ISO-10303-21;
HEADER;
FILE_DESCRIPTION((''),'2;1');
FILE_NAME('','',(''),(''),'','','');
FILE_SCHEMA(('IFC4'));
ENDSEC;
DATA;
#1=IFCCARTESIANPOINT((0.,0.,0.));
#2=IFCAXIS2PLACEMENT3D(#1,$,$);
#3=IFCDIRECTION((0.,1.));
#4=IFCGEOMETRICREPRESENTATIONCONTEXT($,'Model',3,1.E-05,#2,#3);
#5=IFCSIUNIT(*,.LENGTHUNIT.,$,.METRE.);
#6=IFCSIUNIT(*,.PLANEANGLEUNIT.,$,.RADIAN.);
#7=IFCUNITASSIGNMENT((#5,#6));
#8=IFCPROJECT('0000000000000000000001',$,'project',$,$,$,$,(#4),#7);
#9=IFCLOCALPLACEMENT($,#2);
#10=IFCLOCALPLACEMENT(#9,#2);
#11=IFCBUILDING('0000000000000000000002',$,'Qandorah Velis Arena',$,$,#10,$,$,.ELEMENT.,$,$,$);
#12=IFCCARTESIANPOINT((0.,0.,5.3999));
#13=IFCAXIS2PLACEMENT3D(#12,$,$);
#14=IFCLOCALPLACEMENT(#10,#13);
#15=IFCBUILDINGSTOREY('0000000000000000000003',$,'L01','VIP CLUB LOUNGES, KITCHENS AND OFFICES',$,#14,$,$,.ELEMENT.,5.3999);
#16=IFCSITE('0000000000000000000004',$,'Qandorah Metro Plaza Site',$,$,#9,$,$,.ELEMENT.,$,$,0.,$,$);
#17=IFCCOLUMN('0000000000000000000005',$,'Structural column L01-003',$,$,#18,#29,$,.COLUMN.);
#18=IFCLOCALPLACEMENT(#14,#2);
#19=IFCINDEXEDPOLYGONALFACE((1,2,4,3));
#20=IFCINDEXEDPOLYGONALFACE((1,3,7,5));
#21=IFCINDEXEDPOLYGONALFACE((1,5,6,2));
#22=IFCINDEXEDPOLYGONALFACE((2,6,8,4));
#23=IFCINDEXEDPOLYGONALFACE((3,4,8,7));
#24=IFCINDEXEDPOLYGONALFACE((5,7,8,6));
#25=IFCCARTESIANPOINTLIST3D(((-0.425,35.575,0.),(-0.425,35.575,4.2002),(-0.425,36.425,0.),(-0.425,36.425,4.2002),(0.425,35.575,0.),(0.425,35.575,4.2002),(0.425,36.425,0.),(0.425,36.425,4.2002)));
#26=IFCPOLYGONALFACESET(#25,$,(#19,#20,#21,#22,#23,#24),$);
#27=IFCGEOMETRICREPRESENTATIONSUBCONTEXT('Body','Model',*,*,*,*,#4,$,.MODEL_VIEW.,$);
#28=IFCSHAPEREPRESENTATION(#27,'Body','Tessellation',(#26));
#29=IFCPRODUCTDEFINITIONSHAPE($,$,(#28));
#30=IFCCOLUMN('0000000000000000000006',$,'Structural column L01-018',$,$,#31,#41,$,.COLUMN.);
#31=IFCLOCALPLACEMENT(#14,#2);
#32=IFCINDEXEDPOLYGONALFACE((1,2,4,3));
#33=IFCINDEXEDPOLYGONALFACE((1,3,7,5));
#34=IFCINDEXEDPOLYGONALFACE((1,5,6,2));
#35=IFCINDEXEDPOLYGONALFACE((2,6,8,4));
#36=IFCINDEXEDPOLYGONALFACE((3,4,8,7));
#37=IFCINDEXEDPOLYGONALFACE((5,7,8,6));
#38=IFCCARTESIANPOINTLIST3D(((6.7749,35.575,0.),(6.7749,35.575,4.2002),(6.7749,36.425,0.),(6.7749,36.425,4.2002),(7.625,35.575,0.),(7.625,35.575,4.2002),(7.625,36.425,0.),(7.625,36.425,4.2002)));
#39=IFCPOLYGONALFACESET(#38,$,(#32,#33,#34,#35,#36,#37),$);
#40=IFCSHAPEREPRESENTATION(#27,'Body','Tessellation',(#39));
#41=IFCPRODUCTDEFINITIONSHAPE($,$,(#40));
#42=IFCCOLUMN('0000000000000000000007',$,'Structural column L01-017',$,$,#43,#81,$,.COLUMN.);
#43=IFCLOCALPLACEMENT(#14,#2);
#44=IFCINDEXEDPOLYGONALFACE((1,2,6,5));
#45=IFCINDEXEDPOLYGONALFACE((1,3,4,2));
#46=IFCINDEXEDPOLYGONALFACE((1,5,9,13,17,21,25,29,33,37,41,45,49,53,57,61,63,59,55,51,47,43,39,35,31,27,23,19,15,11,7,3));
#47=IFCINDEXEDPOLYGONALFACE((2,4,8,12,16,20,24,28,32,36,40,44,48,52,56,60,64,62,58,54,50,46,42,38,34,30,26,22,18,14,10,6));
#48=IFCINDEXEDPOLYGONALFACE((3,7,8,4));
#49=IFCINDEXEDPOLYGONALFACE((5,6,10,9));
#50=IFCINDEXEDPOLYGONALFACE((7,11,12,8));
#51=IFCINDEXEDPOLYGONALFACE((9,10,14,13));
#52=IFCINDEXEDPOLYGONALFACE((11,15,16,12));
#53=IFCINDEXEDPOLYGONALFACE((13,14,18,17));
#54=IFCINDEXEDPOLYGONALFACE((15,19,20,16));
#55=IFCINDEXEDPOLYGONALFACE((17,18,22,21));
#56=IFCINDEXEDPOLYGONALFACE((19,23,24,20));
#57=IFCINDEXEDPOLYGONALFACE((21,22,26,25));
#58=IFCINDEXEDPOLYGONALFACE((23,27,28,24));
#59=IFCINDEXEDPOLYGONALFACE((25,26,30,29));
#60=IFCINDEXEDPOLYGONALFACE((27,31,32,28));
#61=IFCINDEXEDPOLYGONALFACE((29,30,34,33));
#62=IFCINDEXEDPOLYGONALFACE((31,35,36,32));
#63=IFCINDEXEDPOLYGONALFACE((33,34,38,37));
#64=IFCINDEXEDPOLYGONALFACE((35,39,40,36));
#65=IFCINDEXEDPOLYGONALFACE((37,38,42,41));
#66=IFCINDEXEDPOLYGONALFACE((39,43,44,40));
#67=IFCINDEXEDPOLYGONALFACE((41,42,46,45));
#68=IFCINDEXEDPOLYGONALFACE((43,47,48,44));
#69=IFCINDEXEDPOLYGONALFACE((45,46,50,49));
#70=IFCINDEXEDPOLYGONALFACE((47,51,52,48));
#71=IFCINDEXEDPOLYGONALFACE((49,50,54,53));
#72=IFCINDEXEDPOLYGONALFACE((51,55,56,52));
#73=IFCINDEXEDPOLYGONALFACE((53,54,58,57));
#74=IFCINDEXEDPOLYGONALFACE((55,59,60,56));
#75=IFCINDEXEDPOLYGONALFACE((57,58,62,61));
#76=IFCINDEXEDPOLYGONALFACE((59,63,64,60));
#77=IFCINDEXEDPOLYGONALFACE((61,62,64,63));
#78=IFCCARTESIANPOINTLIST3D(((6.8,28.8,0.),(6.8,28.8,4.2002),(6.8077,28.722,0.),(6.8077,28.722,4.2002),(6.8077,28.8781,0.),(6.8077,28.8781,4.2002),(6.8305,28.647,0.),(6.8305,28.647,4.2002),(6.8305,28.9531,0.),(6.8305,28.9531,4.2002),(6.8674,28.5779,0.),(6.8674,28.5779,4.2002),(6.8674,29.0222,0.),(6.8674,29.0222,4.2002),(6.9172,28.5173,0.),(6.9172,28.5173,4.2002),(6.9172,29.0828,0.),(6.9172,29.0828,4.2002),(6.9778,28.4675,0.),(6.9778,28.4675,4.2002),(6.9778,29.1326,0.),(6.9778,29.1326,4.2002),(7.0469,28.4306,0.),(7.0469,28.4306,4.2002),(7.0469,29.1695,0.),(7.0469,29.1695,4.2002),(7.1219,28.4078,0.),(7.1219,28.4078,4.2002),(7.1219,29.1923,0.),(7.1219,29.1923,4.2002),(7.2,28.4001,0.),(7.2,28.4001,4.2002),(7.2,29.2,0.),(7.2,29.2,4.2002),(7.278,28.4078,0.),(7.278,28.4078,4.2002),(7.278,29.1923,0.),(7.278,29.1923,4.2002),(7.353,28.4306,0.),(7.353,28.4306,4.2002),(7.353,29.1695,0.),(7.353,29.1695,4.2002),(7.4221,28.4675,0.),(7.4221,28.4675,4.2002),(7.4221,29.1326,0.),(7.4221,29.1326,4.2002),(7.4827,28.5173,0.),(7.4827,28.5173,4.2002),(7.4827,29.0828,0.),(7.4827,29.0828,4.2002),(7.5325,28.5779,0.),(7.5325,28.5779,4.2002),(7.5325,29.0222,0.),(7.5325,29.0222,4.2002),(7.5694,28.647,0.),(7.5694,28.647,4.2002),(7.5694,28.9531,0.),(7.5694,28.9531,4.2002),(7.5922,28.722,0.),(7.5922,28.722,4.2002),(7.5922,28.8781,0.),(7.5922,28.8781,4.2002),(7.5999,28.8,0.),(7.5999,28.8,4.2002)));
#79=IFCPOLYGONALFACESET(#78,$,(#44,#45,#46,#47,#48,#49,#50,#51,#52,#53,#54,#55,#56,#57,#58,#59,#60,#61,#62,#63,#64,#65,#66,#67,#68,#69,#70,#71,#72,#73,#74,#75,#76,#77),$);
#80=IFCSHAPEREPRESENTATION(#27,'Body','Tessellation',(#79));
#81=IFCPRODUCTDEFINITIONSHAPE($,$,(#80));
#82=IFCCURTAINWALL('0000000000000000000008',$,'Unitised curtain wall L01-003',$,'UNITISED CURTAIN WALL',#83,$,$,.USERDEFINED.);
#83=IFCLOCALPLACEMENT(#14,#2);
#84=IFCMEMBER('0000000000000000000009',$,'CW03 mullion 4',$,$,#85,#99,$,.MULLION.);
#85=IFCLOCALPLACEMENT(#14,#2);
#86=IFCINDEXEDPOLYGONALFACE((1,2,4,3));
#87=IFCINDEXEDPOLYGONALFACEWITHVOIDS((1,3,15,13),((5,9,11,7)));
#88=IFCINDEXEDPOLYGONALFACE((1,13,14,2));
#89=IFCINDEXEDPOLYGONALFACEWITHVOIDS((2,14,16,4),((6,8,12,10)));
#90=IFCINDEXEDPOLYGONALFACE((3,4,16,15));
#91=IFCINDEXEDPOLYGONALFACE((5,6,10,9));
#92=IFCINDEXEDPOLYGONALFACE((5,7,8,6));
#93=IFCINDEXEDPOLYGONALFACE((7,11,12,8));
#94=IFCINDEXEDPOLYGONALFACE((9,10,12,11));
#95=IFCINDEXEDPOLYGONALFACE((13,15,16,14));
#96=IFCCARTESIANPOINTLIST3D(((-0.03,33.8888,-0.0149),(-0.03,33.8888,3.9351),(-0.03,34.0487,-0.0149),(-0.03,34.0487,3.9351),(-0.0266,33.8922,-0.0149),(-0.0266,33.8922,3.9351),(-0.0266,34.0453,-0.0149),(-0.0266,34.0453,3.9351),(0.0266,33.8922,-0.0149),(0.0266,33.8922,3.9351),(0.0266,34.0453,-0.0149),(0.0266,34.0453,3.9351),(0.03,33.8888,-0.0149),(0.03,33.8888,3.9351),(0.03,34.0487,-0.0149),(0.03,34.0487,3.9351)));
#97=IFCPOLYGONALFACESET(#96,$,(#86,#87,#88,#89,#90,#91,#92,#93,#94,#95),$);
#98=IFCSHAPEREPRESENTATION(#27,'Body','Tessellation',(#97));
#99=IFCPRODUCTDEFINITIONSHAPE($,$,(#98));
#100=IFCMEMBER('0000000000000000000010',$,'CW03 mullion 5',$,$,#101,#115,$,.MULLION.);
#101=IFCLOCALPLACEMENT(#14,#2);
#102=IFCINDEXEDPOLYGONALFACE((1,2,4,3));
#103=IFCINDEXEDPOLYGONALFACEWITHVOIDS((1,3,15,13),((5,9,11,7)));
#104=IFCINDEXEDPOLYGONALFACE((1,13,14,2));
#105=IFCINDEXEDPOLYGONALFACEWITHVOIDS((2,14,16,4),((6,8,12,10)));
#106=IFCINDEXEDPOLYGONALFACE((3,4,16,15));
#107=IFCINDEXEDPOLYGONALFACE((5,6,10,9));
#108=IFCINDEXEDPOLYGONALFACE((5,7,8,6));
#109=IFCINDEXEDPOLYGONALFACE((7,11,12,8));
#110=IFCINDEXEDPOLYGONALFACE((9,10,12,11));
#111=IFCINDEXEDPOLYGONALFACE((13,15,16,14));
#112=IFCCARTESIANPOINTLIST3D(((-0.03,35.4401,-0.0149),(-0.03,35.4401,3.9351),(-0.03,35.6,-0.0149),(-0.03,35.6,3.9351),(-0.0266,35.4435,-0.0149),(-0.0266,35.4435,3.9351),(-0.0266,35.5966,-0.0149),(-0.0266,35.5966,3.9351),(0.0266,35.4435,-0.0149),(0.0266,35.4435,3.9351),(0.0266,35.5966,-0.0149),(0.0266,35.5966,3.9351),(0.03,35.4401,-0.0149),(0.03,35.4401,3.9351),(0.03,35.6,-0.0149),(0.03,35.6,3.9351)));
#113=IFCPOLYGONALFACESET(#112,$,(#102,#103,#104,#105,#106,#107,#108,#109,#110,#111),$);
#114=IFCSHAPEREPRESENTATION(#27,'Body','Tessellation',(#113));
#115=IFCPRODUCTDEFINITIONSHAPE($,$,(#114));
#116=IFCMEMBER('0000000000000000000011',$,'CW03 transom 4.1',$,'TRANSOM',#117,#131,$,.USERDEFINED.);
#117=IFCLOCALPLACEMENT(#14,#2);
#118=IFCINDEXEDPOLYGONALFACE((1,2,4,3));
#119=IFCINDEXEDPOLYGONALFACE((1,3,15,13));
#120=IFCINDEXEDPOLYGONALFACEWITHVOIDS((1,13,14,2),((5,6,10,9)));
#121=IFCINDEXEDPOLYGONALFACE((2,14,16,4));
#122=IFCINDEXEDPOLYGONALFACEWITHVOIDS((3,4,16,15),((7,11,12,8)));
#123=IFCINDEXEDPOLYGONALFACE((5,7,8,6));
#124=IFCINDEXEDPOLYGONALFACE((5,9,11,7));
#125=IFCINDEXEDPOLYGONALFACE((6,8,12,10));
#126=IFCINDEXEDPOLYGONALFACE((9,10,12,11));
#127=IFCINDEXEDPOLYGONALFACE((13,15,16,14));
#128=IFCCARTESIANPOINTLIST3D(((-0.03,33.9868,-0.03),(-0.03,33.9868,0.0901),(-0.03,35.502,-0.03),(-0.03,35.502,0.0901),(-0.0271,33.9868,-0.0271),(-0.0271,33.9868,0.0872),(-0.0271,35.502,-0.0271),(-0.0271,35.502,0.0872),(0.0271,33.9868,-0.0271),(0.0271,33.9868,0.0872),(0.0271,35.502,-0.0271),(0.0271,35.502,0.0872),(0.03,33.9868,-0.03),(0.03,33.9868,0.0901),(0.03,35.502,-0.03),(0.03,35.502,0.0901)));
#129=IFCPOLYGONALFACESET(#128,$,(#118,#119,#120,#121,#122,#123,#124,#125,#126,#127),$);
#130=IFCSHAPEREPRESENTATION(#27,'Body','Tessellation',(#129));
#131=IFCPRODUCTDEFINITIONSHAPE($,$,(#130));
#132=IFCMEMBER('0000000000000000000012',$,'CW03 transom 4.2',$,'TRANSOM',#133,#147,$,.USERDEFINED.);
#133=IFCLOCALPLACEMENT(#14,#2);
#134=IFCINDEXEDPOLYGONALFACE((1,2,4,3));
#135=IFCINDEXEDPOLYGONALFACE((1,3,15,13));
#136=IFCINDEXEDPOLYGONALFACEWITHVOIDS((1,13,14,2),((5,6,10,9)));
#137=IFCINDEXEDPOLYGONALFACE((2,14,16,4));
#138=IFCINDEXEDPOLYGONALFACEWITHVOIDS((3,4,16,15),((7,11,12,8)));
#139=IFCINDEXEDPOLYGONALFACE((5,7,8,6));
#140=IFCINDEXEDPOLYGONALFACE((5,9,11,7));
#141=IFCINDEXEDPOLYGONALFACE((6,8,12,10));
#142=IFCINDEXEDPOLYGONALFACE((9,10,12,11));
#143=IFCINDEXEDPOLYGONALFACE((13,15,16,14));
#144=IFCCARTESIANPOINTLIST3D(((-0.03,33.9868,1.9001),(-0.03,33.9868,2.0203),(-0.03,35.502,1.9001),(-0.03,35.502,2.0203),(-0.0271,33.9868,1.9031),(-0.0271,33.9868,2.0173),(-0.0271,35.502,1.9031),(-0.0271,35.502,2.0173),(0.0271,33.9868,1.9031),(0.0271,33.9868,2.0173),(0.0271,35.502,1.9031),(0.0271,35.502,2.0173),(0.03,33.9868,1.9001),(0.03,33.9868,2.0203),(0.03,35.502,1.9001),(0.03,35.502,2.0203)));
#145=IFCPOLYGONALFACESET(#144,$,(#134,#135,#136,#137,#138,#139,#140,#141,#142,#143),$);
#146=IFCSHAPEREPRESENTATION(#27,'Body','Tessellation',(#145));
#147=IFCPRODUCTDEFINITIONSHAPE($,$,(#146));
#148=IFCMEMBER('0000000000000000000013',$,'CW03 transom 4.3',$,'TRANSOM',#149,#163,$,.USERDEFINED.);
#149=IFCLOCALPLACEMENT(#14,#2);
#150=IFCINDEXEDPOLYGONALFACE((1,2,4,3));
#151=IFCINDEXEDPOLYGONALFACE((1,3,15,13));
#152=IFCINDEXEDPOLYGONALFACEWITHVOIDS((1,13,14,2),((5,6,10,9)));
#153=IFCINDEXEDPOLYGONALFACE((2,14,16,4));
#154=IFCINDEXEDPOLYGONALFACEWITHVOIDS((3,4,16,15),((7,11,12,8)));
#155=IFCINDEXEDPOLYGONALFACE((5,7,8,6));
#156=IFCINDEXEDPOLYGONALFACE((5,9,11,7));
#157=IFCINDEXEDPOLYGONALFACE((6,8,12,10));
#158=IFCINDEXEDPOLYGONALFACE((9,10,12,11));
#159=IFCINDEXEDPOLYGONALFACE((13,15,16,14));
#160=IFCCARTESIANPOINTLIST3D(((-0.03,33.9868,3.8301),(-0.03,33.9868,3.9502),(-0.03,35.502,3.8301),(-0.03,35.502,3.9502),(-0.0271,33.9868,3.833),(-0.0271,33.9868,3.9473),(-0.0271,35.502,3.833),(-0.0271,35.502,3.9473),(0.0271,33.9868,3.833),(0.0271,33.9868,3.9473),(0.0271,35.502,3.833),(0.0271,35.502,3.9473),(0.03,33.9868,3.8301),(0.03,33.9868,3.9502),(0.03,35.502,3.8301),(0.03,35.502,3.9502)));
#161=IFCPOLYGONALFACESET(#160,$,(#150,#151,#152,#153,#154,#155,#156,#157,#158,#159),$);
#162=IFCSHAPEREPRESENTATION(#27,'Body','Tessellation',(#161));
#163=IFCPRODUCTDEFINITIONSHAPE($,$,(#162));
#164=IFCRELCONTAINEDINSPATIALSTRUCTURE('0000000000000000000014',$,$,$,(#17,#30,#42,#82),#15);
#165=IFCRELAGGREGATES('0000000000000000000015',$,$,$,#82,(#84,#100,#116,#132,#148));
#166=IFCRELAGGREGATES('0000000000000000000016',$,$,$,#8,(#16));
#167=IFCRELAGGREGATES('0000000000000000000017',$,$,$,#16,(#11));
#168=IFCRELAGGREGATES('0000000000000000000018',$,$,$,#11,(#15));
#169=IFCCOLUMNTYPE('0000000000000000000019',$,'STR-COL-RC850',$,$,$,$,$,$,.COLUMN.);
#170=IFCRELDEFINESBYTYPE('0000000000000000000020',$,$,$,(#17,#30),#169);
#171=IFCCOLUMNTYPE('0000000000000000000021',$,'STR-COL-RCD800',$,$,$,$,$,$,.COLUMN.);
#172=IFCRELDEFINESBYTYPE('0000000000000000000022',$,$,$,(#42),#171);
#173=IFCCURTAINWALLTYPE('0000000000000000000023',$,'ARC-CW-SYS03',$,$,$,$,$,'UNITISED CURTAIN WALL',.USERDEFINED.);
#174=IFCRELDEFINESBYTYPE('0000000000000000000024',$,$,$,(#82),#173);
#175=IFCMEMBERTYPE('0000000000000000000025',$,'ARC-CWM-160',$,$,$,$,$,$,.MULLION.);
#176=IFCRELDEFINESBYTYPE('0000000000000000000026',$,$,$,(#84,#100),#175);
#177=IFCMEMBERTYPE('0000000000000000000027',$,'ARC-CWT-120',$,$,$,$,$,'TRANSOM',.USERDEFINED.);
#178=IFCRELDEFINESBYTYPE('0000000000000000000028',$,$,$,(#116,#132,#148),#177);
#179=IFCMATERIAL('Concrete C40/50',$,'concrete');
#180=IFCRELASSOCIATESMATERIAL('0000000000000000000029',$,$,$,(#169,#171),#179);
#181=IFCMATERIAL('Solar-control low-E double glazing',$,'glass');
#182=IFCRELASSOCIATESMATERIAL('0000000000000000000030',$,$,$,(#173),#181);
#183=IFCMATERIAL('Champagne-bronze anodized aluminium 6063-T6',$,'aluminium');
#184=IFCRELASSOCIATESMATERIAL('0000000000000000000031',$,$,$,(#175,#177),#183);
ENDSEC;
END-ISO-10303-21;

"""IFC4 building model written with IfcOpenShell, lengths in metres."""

from ifc_helpers import new_model, si_unit, direction, frame, origin, origin_2d, place, context, subcontext, project, spatial, rectangle, hollow_rectangle, circle, extrude, material, material_profile, profile_set, type_object, element, aggregate, save


model = new_model("IFC4")

# Units and contexts
model_context = context("Model", 3, precision=1e-05, world=origin(), true_north=direction((0.0, 1.0)))
body_context = subcontext(model_context, "Body", "Model", "MODEL_VIEW")
ifc_project = project(units=[si_unit("LENGTHUNIT", "METRE"), si_unit("PLANEANGLEUNIT", "RADIAN")], contexts=[model_context])

# Site, building, storey
site_placement = place(None, origin())
site = spatial("IfcSite", under=ifc_project, at=site_placement, Name="Qandorah Metro Plaza Site", CompositionType="ELEMENT", RefElevation=0.0)
building_placement = place(site_placement, origin())
building = spatial("IfcBuilding", under=site, at=building_placement, Name="Qandorah Velis Arena", CompositionType="ELEMENT")
storey_placement = place(building_placement, frame((0.0, 0.0, 5.3999)))
storey = spatial("IfcBuildingStorey", under=building, at=storey_placement, Name="L01", Description="VIP CLUB LOUNGES, KITCHENS AND OFFICES", CompositionType="ELEMENT", Elevation=5.3999)

# Columns
ifc_material_1 = material(Name="Concrete C40/50", Category="concrete")
ifc_material_profile_1 = material_profile(ifc_material_1, rectangle(XDim=0.8501, YDim=0.8501, at=origin_2d()), Name="RC COL 850x850")
ifc_profile_set_1 = profile_set([ifc_material_profile_1], Name="Concrete C40/50")
column_type_1 = type_object("IfcColumnType", Name="STR-COL-RC850", PredefinedType="COLUMN", material=ifc_profile_set_1)
for number, where, z_axis, x_axis, name in (
    (1, (0.0, 36.0, 0.0), (0.0, 0.0, 1.0), (1.0, 0.0, 0.0), "Structural column L01-003"),
    (2, (7.2, 36.0, 0.0), (0.0, 0.0, 1.0), (1.0, 0.0, 0.0), "Structural column L01-018"),
):
    element("IfcColumn", number, at=place(storey_placement, frame(where, z_axis=z_axis, x_axis=x_axis)), inside=storey, type_object=column_type_1, Name=name, PredefinedType="COLUMN", context=body_context, shape_type="SweptSolid", body=[
        extrude(rectangle(XDim=0.8501, YDim=0.8501, at=origin_2d()), origin(), (0.0, 0.0, 1.0), 4.2002),
    ])
ifc_material_profile_2 = material_profile(ifc_material_1, circle(Radius=0.3999, at=origin_2d()), Name="RC D800")
ifc_profile_set_2 = profile_set([ifc_material_profile_2], Name="Concrete C40/50")
column_type_2 = type_object("IfcColumnType", Name="STR-COL-RCD800", PredefinedType="COLUMN", material=ifc_profile_set_2)
column_placement = place(storey_placement, frame((7.2, 28.8, 0.0), z_axis=(0.0, 0.0, 1.0), x_axis=(1.0, 0.0, 0.0)))
element("IfcColumn", 3, at=column_placement, inside=storey, type_object=column_type_2, Name="Structural column L01-017", PredefinedType="COLUMN", context=body_context, shape_type="SweptSolid", body=[
    extrude(circle(Radius=0.3999, at=origin_2d()), origin(), (0.0, 0.0, 1.0), 4.2002),
])

# Curtain wall, members
ifc_material_2 = material(Name="Solar-control low-E double glazing", Category="glass")
curtain_wall_type = type_object("IfcCurtainWallType", Name="ARC-CW-SYS03", ElementType="UNITISED CURTAIN WALL", PredefinedType="USERDEFINED", material=ifc_material_2)
curtain_wall_placement = place(storey_placement, origin())
curtain_wall = element("IfcCurtainWall", 4, at=curtain_wall_placement, inside=storey, type_object=curtain_wall_type, Name="Unitised curtain wall L01-003", ObjectType="UNITISED CURTAIN WALL", PredefinedType="USERDEFINED")
ifc_material_3 = material(Name="Champagne-bronze anodized aluminium 6063-T6", Category="aluminium")
ifc_material_profile_3 = material_profile(ifc_material_3, hollow_rectangle(XDim=0.0601, YDim=0.1599, WallThickness=0.0034, at=origin_2d()), Name="ALU MULLION 60x160")
ifc_profile_set_3 = profile_set([ifc_material_profile_3], Name="Champagne-bronze anodized aluminium 6063-T6")
member_type_1 = type_object("IfcMemberType", Name="ARC-CWM-160", PredefinedType="MULLION", material=ifc_profile_set_3)
member_1_placement = place(storey_placement, frame((0.0, 33.9688, -0.0149), z_axis=(0.0, 0.0, 1.0), x_axis=(-1.0, 0.0, 0.0)))
member_1 = element("IfcMember", 5, at=member_1_placement, type_object=member_type_1, Name="CW03 mullion 4", PredefinedType="MULLION", context=body_context, shape_type="SweptSolid", body=[
    extrude(hollow_rectangle(XDim=0.0601, YDim=0.1599, WallThickness=0.0034, at=origin_2d()), origin(), (0.0, 0.0, 1.0), 3.95),
])
member_2_placement = place(storey_placement, frame((0.0, 35.52, -0.0149), z_axis=(0.0, 0.0, 1.0), x_axis=(-1.0, 0.0, 0.0)))
member_2 = element("IfcMember", 6, at=member_2_placement, type_object=member_type_1, Name="CW03 mullion 5", PredefinedType="MULLION", context=body_context, shape_type="SweptSolid", body=[
    extrude(hollow_rectangle(XDim=0.0601, YDim=0.1599, WallThickness=0.0034, at=origin_2d()), origin(), (0.0, 0.0, 1.0), 3.95),
])
ifc_material_profile_4 = material_profile(ifc_material_3, hollow_rectangle(XDim=0.0601, YDim=0.1201, WallThickness=0.0029, at=origin_2d()), Name="ALU TRANSOM 60x120")
ifc_profile_set_4 = profile_set([ifc_material_profile_4], Name="Champagne-bronze anodized aluminium 6063-T6")
member_type_2 = type_object("IfcMemberType", Name="ARC-CWT-120", ElementType="TRANSOM", PredefinedType="USERDEFINED", material=ifc_profile_set_4)
member_3_placement = place(storey_placement, frame((0.0, 33.9868, 0.03), z_axis=(0.0, 1.0, 0.0), x_axis=(-1.0, 0.0, 0.0)))
member_3 = element("IfcMember", 7, at=member_3_placement, type_object=member_type_2, Name="CW03 transom 4.1", ObjectType="TRANSOM", PredefinedType="USERDEFINED", context=body_context, shape_type="SweptSolid", body=[
    extrude(hollow_rectangle(XDim=0.0601, YDim=0.1201, WallThickness=0.0029, at=origin_2d()), origin(), (0.0, 0.0, 1.0), 1.5151),
])
member_4_placement = place(storey_placement, frame((0.0, 33.9868, 1.9602), z_axis=(0.0, 1.0, 0.0), x_axis=(-1.0, 0.0, 0.0)))
member_4 = element("IfcMember", 8, at=member_4_placement, type_object=member_type_2, Name="CW03 transom 4.2", ObjectType="TRANSOM", PredefinedType="USERDEFINED", context=body_context, shape_type="SweptSolid", body=[
    extrude(hollow_rectangle(XDim=0.0601, YDim=0.1201, WallThickness=0.0029, at=origin_2d()), origin(), (0.0, 0.0, 1.0), 1.5151),
])
member_5_placement = place(storey_placement, frame((0.0, 33.9868, 3.8901), z_axis=(0.0, 1.0, 0.0), x_axis=(-1.0, 0.0, 0.0)))
member_5 = element("IfcMember", 9, at=member_5_placement, type_object=member_type_2, Name="CW03 transom 4.3", ObjectType="TRANSOM", PredefinedType="USERDEFINED", context=body_context, shape_type="SweptSolid", body=[
    extrude(hollow_rectangle(XDim=0.0601, YDim=0.1201, WallThickness=0.0029, at=origin_2d()), origin(), (0.0, 0.0, 1.0), 1.5151),
])

aggregate(curtain_wall, [member_1, member_2, member_3, member_4, member_5])

save(model, "model.ifc")
